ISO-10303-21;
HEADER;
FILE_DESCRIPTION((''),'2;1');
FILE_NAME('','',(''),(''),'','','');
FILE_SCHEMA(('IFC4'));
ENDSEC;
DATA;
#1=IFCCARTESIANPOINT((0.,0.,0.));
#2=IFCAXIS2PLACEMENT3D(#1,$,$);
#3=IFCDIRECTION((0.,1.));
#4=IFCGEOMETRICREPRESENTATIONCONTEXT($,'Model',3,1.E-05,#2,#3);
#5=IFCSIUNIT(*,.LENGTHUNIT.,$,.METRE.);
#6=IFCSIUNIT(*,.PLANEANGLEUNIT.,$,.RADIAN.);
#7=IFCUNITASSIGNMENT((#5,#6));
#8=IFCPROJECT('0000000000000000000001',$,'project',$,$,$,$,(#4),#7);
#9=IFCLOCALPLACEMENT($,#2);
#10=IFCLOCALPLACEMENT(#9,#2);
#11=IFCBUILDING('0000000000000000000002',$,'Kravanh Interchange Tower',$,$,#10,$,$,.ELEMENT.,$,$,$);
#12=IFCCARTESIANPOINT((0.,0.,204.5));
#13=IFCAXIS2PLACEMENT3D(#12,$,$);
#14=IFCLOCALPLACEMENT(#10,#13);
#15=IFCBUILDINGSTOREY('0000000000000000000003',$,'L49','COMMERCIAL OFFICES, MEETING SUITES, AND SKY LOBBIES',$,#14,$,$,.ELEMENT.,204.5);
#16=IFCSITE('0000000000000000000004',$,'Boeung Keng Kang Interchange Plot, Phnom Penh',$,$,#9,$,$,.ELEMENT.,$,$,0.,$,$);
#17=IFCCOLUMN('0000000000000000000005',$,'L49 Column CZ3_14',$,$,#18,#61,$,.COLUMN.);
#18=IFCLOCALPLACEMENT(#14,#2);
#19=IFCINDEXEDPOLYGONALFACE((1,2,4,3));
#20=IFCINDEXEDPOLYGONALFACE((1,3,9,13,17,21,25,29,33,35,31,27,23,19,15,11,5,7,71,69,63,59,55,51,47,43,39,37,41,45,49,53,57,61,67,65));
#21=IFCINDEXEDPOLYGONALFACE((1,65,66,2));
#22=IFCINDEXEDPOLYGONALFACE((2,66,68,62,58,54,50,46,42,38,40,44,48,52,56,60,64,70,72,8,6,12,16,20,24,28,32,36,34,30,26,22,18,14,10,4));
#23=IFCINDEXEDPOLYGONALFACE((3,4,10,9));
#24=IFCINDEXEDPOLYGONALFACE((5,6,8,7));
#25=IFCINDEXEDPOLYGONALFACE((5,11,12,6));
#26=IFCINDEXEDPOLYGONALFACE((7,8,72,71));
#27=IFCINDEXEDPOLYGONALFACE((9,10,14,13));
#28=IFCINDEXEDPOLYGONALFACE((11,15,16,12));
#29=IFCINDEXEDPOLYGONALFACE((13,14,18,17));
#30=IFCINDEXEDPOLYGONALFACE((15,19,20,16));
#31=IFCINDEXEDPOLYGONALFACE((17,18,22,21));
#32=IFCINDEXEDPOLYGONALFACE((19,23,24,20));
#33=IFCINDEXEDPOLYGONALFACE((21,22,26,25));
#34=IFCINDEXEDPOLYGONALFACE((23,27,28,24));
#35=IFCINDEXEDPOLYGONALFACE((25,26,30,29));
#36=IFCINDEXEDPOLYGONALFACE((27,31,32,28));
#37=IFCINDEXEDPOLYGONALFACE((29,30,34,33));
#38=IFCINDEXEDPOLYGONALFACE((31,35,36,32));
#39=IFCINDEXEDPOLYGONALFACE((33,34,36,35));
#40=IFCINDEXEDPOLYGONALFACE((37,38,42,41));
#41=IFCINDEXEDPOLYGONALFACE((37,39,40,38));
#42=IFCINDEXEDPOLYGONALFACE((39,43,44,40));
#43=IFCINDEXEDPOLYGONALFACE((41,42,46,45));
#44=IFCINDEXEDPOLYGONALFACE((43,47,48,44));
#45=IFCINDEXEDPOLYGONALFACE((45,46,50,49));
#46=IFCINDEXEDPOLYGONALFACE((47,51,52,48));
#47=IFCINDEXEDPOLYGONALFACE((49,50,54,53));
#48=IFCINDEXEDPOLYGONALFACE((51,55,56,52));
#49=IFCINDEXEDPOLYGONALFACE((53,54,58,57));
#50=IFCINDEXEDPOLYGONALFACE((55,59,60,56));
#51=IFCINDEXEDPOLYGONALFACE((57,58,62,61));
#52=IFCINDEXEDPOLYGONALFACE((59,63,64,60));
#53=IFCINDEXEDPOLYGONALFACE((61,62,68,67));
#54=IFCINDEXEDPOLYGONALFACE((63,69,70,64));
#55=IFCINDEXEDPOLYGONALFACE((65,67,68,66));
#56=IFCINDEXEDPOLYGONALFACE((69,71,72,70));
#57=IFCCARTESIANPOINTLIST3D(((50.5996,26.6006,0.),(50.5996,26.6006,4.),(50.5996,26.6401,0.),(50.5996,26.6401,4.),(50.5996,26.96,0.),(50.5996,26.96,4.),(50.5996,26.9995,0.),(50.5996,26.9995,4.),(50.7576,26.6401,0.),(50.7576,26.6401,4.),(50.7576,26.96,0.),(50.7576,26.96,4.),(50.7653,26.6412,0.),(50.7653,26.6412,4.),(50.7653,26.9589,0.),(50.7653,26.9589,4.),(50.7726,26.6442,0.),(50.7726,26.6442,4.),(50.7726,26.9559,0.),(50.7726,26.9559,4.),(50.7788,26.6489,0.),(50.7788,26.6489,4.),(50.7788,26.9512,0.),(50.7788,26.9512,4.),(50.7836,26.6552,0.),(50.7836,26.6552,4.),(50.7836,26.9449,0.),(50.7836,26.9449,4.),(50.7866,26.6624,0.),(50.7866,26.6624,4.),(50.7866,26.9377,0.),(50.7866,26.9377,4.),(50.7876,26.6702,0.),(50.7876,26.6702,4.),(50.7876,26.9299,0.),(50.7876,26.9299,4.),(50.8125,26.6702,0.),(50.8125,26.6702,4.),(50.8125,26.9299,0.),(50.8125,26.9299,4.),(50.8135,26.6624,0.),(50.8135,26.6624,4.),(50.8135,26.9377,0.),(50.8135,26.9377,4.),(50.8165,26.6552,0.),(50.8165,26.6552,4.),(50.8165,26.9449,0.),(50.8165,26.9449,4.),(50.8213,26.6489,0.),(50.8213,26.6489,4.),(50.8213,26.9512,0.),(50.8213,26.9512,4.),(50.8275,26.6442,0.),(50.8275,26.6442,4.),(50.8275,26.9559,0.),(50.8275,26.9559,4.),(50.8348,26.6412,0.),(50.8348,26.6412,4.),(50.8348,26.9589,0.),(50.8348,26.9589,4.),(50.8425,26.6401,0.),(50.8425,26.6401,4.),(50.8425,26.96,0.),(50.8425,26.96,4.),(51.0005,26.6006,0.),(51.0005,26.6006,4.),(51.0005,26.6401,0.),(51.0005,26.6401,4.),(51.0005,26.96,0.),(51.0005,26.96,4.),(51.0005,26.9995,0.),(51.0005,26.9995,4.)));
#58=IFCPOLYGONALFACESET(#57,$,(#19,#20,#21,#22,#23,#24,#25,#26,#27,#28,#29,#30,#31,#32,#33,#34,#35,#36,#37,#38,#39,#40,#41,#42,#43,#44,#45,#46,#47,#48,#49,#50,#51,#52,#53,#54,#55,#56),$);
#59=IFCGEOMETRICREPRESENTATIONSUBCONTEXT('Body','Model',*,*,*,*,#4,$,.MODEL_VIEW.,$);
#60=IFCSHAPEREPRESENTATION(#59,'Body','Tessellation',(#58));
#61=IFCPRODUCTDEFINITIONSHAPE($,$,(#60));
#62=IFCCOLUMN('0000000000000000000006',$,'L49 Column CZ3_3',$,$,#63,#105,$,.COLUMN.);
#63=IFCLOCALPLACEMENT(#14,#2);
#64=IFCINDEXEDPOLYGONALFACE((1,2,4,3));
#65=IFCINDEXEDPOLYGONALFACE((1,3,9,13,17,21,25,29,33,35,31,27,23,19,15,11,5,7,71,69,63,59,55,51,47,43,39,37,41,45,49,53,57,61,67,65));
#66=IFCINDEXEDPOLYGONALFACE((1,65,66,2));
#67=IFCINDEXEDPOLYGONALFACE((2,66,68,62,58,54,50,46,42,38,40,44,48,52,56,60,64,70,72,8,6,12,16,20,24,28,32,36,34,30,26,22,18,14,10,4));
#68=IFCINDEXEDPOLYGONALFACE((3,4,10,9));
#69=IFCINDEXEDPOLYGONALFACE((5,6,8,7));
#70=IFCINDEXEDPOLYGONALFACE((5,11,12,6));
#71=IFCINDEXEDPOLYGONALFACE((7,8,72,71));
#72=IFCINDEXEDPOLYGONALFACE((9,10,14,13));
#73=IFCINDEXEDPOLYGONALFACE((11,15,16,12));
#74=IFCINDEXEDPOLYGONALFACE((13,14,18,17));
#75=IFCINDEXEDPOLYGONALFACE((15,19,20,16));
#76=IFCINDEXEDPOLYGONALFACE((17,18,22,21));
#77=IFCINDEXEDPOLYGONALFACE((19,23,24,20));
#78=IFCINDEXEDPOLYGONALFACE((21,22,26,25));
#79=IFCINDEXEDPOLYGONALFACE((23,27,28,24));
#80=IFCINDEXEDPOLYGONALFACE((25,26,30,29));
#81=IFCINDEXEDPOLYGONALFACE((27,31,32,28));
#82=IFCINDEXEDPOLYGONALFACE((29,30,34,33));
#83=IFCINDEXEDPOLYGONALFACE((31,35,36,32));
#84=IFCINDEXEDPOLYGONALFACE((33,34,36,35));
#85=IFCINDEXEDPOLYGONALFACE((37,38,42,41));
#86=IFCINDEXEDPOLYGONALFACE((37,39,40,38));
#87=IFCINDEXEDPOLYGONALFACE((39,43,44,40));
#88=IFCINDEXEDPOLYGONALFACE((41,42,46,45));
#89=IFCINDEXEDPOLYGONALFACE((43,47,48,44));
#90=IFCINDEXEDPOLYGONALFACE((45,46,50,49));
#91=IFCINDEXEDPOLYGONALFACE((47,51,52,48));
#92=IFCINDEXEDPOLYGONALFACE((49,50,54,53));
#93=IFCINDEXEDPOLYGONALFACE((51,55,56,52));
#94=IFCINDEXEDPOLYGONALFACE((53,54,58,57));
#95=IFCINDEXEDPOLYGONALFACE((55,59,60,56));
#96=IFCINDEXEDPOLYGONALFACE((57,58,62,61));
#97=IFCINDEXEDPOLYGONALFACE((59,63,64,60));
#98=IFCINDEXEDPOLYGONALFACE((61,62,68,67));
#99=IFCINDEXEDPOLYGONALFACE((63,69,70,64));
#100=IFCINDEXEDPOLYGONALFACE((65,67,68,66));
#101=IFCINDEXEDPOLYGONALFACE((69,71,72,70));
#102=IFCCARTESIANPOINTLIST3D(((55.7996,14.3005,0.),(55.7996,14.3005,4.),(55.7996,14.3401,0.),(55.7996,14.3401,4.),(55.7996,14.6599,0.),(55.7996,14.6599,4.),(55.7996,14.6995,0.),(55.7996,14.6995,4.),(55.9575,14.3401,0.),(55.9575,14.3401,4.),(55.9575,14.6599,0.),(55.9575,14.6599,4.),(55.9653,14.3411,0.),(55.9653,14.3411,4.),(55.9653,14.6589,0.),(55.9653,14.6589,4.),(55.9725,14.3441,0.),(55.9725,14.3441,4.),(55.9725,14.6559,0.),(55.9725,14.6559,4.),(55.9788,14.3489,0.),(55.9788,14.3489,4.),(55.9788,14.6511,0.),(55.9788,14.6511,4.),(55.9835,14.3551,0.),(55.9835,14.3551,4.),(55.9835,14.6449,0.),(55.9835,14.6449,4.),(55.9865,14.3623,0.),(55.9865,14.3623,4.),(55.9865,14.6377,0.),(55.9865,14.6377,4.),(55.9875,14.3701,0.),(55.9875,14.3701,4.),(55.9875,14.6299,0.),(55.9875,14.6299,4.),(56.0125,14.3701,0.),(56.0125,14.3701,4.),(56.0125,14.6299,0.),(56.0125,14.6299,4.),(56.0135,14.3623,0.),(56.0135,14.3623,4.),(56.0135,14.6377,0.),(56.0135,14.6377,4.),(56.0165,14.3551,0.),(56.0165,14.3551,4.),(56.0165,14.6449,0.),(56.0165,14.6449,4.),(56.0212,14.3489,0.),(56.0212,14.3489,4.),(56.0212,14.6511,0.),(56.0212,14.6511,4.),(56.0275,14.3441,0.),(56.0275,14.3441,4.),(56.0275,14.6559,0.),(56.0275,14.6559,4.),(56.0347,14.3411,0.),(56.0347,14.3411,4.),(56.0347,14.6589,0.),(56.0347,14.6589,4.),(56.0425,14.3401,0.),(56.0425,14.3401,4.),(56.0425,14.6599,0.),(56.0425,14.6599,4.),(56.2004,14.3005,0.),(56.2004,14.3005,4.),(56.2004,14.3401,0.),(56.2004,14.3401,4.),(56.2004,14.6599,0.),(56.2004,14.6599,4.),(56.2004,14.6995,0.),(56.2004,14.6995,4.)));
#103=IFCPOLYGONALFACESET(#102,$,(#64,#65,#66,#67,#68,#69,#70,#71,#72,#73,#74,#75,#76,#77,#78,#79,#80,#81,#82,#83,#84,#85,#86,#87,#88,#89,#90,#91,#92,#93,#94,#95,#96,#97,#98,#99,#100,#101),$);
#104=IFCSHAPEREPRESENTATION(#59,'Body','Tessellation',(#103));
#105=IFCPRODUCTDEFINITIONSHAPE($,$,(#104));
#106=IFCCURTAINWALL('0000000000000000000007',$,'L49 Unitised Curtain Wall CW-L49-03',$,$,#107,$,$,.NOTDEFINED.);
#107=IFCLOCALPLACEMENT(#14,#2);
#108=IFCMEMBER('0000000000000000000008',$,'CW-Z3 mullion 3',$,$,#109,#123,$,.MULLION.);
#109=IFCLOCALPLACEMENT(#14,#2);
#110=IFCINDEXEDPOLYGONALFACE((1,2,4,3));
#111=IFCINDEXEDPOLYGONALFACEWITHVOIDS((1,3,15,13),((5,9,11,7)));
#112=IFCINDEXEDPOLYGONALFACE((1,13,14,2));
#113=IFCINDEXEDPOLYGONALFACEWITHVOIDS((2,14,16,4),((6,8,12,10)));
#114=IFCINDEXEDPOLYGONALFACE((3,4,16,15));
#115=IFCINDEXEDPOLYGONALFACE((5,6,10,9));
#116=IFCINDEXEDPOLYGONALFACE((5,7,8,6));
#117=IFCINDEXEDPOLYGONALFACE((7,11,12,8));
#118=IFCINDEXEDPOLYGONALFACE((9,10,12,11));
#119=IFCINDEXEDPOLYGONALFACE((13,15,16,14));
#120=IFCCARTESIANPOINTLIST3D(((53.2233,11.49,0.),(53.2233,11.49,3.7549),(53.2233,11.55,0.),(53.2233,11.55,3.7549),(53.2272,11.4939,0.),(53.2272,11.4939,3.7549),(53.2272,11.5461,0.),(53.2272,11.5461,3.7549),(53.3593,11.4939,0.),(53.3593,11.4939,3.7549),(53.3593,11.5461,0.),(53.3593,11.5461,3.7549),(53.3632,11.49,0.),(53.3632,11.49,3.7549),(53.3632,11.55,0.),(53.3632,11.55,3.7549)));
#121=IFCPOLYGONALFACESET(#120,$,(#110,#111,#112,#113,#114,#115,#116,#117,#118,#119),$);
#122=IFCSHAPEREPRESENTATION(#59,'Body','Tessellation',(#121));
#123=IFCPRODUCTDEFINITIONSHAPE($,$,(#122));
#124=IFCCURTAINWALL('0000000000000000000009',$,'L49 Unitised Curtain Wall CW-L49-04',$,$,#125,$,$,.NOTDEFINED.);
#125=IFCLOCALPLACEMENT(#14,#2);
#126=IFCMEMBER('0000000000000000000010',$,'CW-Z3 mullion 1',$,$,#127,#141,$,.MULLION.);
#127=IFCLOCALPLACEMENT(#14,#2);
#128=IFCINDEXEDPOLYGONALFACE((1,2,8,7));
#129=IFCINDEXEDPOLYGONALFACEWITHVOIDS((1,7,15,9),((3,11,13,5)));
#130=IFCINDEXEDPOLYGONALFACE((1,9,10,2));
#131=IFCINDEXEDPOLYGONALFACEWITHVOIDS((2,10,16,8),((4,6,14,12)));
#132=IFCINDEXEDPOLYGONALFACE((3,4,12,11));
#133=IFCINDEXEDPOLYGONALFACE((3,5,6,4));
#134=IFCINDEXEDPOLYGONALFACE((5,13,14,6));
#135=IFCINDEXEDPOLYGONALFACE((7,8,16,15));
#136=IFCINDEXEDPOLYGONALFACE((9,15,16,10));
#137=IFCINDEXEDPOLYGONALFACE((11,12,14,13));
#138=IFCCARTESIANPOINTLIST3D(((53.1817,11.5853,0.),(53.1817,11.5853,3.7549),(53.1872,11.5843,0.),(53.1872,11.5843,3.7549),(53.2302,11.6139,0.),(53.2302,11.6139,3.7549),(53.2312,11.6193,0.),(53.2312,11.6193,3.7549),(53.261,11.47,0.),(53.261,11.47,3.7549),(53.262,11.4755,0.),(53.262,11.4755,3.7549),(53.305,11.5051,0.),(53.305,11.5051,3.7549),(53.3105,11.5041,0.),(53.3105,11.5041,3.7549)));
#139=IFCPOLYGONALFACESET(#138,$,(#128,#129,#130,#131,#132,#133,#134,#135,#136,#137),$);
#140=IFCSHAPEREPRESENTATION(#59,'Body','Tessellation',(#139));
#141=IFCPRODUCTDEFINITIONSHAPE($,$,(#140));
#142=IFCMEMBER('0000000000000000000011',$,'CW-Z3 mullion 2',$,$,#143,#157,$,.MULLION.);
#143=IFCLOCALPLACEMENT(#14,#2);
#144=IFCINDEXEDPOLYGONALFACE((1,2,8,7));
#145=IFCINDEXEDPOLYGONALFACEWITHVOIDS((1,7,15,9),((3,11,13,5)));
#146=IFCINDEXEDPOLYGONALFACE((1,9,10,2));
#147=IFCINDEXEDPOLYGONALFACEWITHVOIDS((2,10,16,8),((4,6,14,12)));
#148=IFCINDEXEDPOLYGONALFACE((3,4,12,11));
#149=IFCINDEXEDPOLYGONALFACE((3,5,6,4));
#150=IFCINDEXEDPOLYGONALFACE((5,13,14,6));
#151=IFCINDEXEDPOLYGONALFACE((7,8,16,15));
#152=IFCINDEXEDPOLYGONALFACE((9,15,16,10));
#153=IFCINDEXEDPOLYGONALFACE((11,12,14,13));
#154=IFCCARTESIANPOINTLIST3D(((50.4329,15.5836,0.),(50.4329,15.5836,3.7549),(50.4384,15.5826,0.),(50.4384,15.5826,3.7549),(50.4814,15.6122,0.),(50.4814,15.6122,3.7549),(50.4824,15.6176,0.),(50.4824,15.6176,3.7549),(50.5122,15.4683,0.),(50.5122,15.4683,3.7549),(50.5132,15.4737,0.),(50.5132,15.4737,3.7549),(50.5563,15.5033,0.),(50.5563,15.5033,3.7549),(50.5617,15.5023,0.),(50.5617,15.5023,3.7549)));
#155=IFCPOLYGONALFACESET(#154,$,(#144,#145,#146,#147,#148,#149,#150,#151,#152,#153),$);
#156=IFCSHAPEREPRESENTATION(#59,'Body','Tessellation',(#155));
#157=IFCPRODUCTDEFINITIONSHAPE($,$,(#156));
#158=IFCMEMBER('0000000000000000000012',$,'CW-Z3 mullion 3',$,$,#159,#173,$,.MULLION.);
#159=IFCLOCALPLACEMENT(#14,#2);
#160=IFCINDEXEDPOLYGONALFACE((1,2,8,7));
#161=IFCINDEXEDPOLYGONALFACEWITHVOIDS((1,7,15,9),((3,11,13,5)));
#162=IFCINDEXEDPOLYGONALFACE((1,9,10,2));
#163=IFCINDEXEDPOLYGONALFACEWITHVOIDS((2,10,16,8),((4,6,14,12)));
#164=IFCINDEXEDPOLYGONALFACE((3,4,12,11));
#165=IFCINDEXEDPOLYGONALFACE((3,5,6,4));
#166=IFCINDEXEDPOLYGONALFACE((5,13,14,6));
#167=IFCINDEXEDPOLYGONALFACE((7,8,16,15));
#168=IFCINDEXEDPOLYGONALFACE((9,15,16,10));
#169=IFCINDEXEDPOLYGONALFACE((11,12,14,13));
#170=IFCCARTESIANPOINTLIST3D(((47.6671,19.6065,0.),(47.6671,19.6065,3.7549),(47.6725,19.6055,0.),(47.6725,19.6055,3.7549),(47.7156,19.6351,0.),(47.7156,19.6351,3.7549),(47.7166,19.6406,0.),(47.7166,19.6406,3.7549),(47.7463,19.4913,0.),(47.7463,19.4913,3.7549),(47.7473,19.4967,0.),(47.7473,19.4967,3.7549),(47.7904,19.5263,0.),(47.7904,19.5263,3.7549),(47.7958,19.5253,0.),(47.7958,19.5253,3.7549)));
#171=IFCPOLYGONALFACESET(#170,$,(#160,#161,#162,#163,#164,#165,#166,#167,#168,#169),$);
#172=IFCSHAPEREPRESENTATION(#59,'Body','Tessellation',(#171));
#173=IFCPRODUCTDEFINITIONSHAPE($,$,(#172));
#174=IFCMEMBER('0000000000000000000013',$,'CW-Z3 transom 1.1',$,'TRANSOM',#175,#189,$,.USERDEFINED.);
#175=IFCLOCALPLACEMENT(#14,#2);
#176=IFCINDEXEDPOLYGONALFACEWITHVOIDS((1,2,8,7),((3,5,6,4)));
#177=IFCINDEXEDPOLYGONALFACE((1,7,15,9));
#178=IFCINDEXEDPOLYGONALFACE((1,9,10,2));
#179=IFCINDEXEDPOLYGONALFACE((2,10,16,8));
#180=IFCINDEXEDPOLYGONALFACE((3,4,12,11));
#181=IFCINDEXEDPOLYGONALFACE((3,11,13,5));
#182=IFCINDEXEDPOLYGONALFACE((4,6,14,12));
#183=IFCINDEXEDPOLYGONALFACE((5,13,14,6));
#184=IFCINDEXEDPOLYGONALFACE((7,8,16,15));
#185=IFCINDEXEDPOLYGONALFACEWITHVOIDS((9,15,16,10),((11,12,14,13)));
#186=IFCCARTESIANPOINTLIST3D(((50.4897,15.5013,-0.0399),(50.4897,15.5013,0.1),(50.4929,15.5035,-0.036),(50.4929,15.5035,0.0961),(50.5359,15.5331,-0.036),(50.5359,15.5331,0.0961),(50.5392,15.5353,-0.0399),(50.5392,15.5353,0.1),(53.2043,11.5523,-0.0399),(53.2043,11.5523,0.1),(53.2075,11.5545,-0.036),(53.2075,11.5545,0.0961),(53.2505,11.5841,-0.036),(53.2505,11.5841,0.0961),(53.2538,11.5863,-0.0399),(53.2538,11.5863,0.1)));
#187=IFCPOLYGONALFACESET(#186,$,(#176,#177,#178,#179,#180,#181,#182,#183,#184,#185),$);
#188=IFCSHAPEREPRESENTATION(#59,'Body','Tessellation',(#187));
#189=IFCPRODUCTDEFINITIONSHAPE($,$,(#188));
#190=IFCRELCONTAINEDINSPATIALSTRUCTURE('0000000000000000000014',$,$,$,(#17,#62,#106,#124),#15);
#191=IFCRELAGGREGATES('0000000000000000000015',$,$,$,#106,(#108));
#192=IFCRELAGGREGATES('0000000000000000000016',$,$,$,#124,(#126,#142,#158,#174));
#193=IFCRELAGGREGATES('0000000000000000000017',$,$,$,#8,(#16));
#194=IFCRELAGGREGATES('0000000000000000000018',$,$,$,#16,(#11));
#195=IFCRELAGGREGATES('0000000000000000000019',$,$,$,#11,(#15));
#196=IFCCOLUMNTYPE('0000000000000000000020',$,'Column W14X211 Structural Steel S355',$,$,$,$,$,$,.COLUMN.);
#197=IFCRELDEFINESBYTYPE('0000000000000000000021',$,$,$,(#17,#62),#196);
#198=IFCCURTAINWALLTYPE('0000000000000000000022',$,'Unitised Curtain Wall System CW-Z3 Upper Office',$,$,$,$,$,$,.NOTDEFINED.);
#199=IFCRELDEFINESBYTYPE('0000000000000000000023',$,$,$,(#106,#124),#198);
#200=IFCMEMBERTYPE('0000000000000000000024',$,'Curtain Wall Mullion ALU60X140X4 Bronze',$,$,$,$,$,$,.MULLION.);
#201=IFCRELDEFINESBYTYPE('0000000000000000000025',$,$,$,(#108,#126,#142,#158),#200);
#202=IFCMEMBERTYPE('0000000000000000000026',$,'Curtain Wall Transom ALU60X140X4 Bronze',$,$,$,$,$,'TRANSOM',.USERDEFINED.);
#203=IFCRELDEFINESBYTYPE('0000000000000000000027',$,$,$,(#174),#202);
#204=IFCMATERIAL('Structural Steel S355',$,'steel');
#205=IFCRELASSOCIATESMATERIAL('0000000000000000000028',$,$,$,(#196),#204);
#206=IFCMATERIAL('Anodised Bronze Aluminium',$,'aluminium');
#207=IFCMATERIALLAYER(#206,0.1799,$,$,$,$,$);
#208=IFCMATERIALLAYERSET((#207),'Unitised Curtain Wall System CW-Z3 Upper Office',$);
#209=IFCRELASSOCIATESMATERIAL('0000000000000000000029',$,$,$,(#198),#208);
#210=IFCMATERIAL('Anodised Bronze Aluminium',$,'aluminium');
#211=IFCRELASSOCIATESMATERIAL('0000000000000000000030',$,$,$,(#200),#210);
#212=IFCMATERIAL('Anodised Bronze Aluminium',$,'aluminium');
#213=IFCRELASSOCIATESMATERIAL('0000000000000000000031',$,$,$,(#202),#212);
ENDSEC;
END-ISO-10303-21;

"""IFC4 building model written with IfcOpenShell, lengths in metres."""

from ifc_helpers import new_model, si_unit, direction, frame, origin, origin_2d, place, context, subcontext, project, spatial, hollow_rectangle, i_section, extrude, material, layer, layer_set, material_profile, profile_set, type_object, element, aggregate, save


model = new_model("IFC4")

# Units and contexts
model_context = context("Model", 3, precision=1e-05, world=origin(), true_north=direction((0.0, 1.0)))
body_context = subcontext(model_context, "Body", "Model", "MODEL_VIEW")
ifc_project = project(units=[si_unit("LENGTHUNIT", "METRE"), si_unit("PLANEANGLEUNIT", "RADIAN")], contexts=[model_context])

# Site, building, storey
site_placement = place(None, origin())
site = spatial("IfcSite", under=ifc_project, at=site_placement, Name="Boeung Keng Kang Interchange Plot, Phnom Penh", CompositionType="ELEMENT", RefElevation=0.0)
building_placement = place(site_placement, origin())
building = spatial("IfcBuilding", under=site, at=building_placement, Name="Kravanh Interchange Tower", CompositionType="ELEMENT")
storey_placement = place(building_placement, frame((0.0, 0.0, 204.5)))
storey = spatial("IfcBuildingStorey", under=building, at=storey_placement, Name="L49", Description="COMMERCIAL OFFICES, MEETING SUITES, AND SKY LOBBIES", CompositionType="ELEMENT", Elevation=204.5)

# Columns
ifc_material_1 = material(Name="Structural Steel S355", Category="steel")
ifc_material_profile_1 = material_profile(ifc_material_1, i_section(OverallWidth=0.4009, OverallDepth=0.3989, WebThickness=0.0249, FlangeThickness=0.0396, FilletRadius=0.03, at=origin_2d()), Name="W14X211")
ifc_profile_set_1 = profile_set([ifc_material_profile_1], Name="Structural Steel S355")
column_type = type_object("IfcColumnType", Name="Column W14X211 Structural Steel S355", PredefinedType="COLUMN", material=ifc_profile_set_1)
for number, where, z_axis, x_axis, name in (
    (1, (50.8, 26.8, 0.0), (0.0, 0.0, 1.0), (1.0, 0.0, 0.0), "L49 Column CZ3_14"),
    (2, (56.0, 14.5, 0.0), (0.0, 0.0, 1.0), (1.0, 0.0, 0.0), "L49 Column CZ3_3"),
):
    element("IfcColumn", number, at=place(storey_placement, frame(where, z_axis=z_axis, x_axis=x_axis)), inside=storey, type_object=column_type, Name=name, PredefinedType="COLUMN", context=body_context, shape_type="SweptSolid", body=[
        extrude(i_section(OverallWidth=0.4009, OverallDepth=0.3989, WebThickness=0.0249, FlangeThickness=0.0396, FilletRadius=0.03, at=origin_2d()), origin(), (0.0, 0.0, 1.0), 4.0),
    ])

# Curtain wall, member
ifc_material_2 = material(Name="Anodised Bronze Aluminium", Category="aluminium")
ifc_layer_1 = layer(ifc_material_2, 0.1799)
ifc_layer_set_1 = layer_set([ifc_layer_1], Name="Unitised Curtain Wall System CW-Z3 Upper Office")
curtain_wall_type = type_object("IfcCurtainWallType", Name="Unitised Curtain Wall System CW-Z3 Upper Office", PredefinedType="NOTDEFINED", material=ifc_layer_set_1)
curtain_wall_1_placement = place(storey_placement, origin())
curtain_wall_1 = element("IfcCurtainWall", 3, at=curtain_wall_1_placement, inside=storey, type_object=curtain_wall_type, Name="L49 Unitised Curtain Wall CW-L49-03", PredefinedType="NOTDEFINED")
ifc_material_3 = material(Name="Anodised Bronze Aluminium", Category="aluminium")
ifc_material_profile_2 = material_profile(ifc_material_3, hollow_rectangle(XDim=0.0601, YDim=0.1399, WallThickness=0.0039, at=origin_2d()), Name="ALU60X140X4")
ifc_profile_set_2 = profile_set([ifc_material_profile_2], Name="Anodised Bronze Aluminium")
member_type_1 = type_object("IfcMemberType", Name="Curtain Wall Mullion ALU60X140X4 Bronze", PredefinedType="MULLION", material=ifc_profile_set_2)
member_1_placement = place(storey_placement, frame((53.2932, 11.52, 0.0), z_axis=(0.0, 0.0, 1.0), x_axis=(0.0, -1.0, 0.0)))
member_1 = element("IfcMember", 4, at=member_1_placement, type_object=member_type_1, Name="CW-Z3 mullion 3", PredefinedType="MULLION", context=body_context, shape_type="SweptSolid", body=[
    extrude(hollow_rectangle(XDim=0.0601, YDim=0.1399, WallThickness=0.0039, at=origin_2d()), origin(), (0.0, 0.0, 1.0), 3.7549),
])

# Curtain wall, members
curtain_wall_2_placement = place(storey_placement, origin())
curtain_wall_2 = element("IfcCurtainWall", 5, at=curtain_wall_2_placement, inside=storey, type_object=curtain_wall_type, Name="L49 Unitised Curtain Wall CW-L49-04", PredefinedType="NOTDEFINED")
member_2_placement = place(storey_placement, frame((53.2461, 11.5447, 0.0), z_axis=(0.0, 0.0, 1.0), x_axis=(-0.824042, -0.566528, 0.0)))
member_2 = element("IfcMember", 6, at=member_2_placement, type_object=member_type_1, Name="CW-Z3 mullion 1", PredefinedType="MULLION", context=body_context, shape_type="SweptSolid", body=[
    extrude(hollow_rectangle(XDim=0.0601, YDim=0.1399, WallThickness=0.0039, at=origin_2d()), origin(), (0.0, 0.0, 1.0), 3.7549),
])
member_3_placement = place(storey_placement, frame((50.4973, 15.543, 0.0), z_axis=(0.0, 0.0, 1.0), x_axis=(-0.824042, -0.566528, 0.0)))
member_3 = element("IfcMember", 7, at=member_3_placement, type_object=member_type_1, Name="CW-Z3 mullion 2", PredefinedType="MULLION", context=body_context, shape_type="SweptSolid", body=[
    extrude(hollow_rectangle(XDim=0.0601, YDim=0.1399, WallThickness=0.0039, at=origin_2d()), origin(), (0.0, 0.0, 1.0), 3.7549),
])
member_4_placement = place(storey_placement, frame((47.7314, 19.5659, 0.0), z_axis=(0.0, 0.0, 1.0), x_axis=(-0.824042, -0.566528, 0.0)))
member_4 = element("IfcMember", 8, at=member_4_placement, type_object=member_type_1, Name="CW-Z3 mullion 3", PredefinedType="MULLION", context=body_context, shape_type="SweptSolid", body=[
    extrude(hollow_rectangle(XDim=0.0601, YDim=0.1399, WallThickness=0.0039, at=origin_2d()), origin(), (0.0, 0.0, 1.0), 3.7549),
])
ifc_material_4 = material(Name="Anodised Bronze Aluminium", Category="aluminium")
ifc_material_profile_3 = material_profile(ifc_material_4, hollow_rectangle(XDim=0.0601, YDim=0.1399, WallThickness=0.0039, at=origin_2d()), Name="ALU60X140X4")
ifc_profile_set_3 = profile_set([ifc_material_profile_3], Name="Anodised Bronze Aluminium")
member_type_2 = type_object("IfcMemberType", Name="Curtain Wall Transom ALU60X140X4 Bronze", ElementType="TRANSOM", PredefinedType="USERDEFINED", material=ifc_profile_set_3)
member_5_placement = place(storey_placement, frame((53.229, 11.5693, 0.03), z_axis=(-0.566483, 0.824073, 0.0), x_axis=(-0.824073, -0.566483, 0.0)))
member_5 = element("IfcMember", 9, at=member_5_placement, type_object=member_type_2, Name="CW-Z3 transom 1.1", ObjectType="TRANSOM", PredefinedType="USERDEFINED", context=body_context, shape_type="SweptSolid", body=[
    extrude(hollow_rectangle(XDim=0.0601, YDim=0.1399, WallThickness=0.0039, at=origin_2d()), origin(), (0.0, 0.0, 1.0), 4.792),
])

aggregate(curtain_wall_1, [member_1])
aggregate(curtain_wall_2, [member_2, member_3, member_4, member_5])

save(model, "model.ifc")
